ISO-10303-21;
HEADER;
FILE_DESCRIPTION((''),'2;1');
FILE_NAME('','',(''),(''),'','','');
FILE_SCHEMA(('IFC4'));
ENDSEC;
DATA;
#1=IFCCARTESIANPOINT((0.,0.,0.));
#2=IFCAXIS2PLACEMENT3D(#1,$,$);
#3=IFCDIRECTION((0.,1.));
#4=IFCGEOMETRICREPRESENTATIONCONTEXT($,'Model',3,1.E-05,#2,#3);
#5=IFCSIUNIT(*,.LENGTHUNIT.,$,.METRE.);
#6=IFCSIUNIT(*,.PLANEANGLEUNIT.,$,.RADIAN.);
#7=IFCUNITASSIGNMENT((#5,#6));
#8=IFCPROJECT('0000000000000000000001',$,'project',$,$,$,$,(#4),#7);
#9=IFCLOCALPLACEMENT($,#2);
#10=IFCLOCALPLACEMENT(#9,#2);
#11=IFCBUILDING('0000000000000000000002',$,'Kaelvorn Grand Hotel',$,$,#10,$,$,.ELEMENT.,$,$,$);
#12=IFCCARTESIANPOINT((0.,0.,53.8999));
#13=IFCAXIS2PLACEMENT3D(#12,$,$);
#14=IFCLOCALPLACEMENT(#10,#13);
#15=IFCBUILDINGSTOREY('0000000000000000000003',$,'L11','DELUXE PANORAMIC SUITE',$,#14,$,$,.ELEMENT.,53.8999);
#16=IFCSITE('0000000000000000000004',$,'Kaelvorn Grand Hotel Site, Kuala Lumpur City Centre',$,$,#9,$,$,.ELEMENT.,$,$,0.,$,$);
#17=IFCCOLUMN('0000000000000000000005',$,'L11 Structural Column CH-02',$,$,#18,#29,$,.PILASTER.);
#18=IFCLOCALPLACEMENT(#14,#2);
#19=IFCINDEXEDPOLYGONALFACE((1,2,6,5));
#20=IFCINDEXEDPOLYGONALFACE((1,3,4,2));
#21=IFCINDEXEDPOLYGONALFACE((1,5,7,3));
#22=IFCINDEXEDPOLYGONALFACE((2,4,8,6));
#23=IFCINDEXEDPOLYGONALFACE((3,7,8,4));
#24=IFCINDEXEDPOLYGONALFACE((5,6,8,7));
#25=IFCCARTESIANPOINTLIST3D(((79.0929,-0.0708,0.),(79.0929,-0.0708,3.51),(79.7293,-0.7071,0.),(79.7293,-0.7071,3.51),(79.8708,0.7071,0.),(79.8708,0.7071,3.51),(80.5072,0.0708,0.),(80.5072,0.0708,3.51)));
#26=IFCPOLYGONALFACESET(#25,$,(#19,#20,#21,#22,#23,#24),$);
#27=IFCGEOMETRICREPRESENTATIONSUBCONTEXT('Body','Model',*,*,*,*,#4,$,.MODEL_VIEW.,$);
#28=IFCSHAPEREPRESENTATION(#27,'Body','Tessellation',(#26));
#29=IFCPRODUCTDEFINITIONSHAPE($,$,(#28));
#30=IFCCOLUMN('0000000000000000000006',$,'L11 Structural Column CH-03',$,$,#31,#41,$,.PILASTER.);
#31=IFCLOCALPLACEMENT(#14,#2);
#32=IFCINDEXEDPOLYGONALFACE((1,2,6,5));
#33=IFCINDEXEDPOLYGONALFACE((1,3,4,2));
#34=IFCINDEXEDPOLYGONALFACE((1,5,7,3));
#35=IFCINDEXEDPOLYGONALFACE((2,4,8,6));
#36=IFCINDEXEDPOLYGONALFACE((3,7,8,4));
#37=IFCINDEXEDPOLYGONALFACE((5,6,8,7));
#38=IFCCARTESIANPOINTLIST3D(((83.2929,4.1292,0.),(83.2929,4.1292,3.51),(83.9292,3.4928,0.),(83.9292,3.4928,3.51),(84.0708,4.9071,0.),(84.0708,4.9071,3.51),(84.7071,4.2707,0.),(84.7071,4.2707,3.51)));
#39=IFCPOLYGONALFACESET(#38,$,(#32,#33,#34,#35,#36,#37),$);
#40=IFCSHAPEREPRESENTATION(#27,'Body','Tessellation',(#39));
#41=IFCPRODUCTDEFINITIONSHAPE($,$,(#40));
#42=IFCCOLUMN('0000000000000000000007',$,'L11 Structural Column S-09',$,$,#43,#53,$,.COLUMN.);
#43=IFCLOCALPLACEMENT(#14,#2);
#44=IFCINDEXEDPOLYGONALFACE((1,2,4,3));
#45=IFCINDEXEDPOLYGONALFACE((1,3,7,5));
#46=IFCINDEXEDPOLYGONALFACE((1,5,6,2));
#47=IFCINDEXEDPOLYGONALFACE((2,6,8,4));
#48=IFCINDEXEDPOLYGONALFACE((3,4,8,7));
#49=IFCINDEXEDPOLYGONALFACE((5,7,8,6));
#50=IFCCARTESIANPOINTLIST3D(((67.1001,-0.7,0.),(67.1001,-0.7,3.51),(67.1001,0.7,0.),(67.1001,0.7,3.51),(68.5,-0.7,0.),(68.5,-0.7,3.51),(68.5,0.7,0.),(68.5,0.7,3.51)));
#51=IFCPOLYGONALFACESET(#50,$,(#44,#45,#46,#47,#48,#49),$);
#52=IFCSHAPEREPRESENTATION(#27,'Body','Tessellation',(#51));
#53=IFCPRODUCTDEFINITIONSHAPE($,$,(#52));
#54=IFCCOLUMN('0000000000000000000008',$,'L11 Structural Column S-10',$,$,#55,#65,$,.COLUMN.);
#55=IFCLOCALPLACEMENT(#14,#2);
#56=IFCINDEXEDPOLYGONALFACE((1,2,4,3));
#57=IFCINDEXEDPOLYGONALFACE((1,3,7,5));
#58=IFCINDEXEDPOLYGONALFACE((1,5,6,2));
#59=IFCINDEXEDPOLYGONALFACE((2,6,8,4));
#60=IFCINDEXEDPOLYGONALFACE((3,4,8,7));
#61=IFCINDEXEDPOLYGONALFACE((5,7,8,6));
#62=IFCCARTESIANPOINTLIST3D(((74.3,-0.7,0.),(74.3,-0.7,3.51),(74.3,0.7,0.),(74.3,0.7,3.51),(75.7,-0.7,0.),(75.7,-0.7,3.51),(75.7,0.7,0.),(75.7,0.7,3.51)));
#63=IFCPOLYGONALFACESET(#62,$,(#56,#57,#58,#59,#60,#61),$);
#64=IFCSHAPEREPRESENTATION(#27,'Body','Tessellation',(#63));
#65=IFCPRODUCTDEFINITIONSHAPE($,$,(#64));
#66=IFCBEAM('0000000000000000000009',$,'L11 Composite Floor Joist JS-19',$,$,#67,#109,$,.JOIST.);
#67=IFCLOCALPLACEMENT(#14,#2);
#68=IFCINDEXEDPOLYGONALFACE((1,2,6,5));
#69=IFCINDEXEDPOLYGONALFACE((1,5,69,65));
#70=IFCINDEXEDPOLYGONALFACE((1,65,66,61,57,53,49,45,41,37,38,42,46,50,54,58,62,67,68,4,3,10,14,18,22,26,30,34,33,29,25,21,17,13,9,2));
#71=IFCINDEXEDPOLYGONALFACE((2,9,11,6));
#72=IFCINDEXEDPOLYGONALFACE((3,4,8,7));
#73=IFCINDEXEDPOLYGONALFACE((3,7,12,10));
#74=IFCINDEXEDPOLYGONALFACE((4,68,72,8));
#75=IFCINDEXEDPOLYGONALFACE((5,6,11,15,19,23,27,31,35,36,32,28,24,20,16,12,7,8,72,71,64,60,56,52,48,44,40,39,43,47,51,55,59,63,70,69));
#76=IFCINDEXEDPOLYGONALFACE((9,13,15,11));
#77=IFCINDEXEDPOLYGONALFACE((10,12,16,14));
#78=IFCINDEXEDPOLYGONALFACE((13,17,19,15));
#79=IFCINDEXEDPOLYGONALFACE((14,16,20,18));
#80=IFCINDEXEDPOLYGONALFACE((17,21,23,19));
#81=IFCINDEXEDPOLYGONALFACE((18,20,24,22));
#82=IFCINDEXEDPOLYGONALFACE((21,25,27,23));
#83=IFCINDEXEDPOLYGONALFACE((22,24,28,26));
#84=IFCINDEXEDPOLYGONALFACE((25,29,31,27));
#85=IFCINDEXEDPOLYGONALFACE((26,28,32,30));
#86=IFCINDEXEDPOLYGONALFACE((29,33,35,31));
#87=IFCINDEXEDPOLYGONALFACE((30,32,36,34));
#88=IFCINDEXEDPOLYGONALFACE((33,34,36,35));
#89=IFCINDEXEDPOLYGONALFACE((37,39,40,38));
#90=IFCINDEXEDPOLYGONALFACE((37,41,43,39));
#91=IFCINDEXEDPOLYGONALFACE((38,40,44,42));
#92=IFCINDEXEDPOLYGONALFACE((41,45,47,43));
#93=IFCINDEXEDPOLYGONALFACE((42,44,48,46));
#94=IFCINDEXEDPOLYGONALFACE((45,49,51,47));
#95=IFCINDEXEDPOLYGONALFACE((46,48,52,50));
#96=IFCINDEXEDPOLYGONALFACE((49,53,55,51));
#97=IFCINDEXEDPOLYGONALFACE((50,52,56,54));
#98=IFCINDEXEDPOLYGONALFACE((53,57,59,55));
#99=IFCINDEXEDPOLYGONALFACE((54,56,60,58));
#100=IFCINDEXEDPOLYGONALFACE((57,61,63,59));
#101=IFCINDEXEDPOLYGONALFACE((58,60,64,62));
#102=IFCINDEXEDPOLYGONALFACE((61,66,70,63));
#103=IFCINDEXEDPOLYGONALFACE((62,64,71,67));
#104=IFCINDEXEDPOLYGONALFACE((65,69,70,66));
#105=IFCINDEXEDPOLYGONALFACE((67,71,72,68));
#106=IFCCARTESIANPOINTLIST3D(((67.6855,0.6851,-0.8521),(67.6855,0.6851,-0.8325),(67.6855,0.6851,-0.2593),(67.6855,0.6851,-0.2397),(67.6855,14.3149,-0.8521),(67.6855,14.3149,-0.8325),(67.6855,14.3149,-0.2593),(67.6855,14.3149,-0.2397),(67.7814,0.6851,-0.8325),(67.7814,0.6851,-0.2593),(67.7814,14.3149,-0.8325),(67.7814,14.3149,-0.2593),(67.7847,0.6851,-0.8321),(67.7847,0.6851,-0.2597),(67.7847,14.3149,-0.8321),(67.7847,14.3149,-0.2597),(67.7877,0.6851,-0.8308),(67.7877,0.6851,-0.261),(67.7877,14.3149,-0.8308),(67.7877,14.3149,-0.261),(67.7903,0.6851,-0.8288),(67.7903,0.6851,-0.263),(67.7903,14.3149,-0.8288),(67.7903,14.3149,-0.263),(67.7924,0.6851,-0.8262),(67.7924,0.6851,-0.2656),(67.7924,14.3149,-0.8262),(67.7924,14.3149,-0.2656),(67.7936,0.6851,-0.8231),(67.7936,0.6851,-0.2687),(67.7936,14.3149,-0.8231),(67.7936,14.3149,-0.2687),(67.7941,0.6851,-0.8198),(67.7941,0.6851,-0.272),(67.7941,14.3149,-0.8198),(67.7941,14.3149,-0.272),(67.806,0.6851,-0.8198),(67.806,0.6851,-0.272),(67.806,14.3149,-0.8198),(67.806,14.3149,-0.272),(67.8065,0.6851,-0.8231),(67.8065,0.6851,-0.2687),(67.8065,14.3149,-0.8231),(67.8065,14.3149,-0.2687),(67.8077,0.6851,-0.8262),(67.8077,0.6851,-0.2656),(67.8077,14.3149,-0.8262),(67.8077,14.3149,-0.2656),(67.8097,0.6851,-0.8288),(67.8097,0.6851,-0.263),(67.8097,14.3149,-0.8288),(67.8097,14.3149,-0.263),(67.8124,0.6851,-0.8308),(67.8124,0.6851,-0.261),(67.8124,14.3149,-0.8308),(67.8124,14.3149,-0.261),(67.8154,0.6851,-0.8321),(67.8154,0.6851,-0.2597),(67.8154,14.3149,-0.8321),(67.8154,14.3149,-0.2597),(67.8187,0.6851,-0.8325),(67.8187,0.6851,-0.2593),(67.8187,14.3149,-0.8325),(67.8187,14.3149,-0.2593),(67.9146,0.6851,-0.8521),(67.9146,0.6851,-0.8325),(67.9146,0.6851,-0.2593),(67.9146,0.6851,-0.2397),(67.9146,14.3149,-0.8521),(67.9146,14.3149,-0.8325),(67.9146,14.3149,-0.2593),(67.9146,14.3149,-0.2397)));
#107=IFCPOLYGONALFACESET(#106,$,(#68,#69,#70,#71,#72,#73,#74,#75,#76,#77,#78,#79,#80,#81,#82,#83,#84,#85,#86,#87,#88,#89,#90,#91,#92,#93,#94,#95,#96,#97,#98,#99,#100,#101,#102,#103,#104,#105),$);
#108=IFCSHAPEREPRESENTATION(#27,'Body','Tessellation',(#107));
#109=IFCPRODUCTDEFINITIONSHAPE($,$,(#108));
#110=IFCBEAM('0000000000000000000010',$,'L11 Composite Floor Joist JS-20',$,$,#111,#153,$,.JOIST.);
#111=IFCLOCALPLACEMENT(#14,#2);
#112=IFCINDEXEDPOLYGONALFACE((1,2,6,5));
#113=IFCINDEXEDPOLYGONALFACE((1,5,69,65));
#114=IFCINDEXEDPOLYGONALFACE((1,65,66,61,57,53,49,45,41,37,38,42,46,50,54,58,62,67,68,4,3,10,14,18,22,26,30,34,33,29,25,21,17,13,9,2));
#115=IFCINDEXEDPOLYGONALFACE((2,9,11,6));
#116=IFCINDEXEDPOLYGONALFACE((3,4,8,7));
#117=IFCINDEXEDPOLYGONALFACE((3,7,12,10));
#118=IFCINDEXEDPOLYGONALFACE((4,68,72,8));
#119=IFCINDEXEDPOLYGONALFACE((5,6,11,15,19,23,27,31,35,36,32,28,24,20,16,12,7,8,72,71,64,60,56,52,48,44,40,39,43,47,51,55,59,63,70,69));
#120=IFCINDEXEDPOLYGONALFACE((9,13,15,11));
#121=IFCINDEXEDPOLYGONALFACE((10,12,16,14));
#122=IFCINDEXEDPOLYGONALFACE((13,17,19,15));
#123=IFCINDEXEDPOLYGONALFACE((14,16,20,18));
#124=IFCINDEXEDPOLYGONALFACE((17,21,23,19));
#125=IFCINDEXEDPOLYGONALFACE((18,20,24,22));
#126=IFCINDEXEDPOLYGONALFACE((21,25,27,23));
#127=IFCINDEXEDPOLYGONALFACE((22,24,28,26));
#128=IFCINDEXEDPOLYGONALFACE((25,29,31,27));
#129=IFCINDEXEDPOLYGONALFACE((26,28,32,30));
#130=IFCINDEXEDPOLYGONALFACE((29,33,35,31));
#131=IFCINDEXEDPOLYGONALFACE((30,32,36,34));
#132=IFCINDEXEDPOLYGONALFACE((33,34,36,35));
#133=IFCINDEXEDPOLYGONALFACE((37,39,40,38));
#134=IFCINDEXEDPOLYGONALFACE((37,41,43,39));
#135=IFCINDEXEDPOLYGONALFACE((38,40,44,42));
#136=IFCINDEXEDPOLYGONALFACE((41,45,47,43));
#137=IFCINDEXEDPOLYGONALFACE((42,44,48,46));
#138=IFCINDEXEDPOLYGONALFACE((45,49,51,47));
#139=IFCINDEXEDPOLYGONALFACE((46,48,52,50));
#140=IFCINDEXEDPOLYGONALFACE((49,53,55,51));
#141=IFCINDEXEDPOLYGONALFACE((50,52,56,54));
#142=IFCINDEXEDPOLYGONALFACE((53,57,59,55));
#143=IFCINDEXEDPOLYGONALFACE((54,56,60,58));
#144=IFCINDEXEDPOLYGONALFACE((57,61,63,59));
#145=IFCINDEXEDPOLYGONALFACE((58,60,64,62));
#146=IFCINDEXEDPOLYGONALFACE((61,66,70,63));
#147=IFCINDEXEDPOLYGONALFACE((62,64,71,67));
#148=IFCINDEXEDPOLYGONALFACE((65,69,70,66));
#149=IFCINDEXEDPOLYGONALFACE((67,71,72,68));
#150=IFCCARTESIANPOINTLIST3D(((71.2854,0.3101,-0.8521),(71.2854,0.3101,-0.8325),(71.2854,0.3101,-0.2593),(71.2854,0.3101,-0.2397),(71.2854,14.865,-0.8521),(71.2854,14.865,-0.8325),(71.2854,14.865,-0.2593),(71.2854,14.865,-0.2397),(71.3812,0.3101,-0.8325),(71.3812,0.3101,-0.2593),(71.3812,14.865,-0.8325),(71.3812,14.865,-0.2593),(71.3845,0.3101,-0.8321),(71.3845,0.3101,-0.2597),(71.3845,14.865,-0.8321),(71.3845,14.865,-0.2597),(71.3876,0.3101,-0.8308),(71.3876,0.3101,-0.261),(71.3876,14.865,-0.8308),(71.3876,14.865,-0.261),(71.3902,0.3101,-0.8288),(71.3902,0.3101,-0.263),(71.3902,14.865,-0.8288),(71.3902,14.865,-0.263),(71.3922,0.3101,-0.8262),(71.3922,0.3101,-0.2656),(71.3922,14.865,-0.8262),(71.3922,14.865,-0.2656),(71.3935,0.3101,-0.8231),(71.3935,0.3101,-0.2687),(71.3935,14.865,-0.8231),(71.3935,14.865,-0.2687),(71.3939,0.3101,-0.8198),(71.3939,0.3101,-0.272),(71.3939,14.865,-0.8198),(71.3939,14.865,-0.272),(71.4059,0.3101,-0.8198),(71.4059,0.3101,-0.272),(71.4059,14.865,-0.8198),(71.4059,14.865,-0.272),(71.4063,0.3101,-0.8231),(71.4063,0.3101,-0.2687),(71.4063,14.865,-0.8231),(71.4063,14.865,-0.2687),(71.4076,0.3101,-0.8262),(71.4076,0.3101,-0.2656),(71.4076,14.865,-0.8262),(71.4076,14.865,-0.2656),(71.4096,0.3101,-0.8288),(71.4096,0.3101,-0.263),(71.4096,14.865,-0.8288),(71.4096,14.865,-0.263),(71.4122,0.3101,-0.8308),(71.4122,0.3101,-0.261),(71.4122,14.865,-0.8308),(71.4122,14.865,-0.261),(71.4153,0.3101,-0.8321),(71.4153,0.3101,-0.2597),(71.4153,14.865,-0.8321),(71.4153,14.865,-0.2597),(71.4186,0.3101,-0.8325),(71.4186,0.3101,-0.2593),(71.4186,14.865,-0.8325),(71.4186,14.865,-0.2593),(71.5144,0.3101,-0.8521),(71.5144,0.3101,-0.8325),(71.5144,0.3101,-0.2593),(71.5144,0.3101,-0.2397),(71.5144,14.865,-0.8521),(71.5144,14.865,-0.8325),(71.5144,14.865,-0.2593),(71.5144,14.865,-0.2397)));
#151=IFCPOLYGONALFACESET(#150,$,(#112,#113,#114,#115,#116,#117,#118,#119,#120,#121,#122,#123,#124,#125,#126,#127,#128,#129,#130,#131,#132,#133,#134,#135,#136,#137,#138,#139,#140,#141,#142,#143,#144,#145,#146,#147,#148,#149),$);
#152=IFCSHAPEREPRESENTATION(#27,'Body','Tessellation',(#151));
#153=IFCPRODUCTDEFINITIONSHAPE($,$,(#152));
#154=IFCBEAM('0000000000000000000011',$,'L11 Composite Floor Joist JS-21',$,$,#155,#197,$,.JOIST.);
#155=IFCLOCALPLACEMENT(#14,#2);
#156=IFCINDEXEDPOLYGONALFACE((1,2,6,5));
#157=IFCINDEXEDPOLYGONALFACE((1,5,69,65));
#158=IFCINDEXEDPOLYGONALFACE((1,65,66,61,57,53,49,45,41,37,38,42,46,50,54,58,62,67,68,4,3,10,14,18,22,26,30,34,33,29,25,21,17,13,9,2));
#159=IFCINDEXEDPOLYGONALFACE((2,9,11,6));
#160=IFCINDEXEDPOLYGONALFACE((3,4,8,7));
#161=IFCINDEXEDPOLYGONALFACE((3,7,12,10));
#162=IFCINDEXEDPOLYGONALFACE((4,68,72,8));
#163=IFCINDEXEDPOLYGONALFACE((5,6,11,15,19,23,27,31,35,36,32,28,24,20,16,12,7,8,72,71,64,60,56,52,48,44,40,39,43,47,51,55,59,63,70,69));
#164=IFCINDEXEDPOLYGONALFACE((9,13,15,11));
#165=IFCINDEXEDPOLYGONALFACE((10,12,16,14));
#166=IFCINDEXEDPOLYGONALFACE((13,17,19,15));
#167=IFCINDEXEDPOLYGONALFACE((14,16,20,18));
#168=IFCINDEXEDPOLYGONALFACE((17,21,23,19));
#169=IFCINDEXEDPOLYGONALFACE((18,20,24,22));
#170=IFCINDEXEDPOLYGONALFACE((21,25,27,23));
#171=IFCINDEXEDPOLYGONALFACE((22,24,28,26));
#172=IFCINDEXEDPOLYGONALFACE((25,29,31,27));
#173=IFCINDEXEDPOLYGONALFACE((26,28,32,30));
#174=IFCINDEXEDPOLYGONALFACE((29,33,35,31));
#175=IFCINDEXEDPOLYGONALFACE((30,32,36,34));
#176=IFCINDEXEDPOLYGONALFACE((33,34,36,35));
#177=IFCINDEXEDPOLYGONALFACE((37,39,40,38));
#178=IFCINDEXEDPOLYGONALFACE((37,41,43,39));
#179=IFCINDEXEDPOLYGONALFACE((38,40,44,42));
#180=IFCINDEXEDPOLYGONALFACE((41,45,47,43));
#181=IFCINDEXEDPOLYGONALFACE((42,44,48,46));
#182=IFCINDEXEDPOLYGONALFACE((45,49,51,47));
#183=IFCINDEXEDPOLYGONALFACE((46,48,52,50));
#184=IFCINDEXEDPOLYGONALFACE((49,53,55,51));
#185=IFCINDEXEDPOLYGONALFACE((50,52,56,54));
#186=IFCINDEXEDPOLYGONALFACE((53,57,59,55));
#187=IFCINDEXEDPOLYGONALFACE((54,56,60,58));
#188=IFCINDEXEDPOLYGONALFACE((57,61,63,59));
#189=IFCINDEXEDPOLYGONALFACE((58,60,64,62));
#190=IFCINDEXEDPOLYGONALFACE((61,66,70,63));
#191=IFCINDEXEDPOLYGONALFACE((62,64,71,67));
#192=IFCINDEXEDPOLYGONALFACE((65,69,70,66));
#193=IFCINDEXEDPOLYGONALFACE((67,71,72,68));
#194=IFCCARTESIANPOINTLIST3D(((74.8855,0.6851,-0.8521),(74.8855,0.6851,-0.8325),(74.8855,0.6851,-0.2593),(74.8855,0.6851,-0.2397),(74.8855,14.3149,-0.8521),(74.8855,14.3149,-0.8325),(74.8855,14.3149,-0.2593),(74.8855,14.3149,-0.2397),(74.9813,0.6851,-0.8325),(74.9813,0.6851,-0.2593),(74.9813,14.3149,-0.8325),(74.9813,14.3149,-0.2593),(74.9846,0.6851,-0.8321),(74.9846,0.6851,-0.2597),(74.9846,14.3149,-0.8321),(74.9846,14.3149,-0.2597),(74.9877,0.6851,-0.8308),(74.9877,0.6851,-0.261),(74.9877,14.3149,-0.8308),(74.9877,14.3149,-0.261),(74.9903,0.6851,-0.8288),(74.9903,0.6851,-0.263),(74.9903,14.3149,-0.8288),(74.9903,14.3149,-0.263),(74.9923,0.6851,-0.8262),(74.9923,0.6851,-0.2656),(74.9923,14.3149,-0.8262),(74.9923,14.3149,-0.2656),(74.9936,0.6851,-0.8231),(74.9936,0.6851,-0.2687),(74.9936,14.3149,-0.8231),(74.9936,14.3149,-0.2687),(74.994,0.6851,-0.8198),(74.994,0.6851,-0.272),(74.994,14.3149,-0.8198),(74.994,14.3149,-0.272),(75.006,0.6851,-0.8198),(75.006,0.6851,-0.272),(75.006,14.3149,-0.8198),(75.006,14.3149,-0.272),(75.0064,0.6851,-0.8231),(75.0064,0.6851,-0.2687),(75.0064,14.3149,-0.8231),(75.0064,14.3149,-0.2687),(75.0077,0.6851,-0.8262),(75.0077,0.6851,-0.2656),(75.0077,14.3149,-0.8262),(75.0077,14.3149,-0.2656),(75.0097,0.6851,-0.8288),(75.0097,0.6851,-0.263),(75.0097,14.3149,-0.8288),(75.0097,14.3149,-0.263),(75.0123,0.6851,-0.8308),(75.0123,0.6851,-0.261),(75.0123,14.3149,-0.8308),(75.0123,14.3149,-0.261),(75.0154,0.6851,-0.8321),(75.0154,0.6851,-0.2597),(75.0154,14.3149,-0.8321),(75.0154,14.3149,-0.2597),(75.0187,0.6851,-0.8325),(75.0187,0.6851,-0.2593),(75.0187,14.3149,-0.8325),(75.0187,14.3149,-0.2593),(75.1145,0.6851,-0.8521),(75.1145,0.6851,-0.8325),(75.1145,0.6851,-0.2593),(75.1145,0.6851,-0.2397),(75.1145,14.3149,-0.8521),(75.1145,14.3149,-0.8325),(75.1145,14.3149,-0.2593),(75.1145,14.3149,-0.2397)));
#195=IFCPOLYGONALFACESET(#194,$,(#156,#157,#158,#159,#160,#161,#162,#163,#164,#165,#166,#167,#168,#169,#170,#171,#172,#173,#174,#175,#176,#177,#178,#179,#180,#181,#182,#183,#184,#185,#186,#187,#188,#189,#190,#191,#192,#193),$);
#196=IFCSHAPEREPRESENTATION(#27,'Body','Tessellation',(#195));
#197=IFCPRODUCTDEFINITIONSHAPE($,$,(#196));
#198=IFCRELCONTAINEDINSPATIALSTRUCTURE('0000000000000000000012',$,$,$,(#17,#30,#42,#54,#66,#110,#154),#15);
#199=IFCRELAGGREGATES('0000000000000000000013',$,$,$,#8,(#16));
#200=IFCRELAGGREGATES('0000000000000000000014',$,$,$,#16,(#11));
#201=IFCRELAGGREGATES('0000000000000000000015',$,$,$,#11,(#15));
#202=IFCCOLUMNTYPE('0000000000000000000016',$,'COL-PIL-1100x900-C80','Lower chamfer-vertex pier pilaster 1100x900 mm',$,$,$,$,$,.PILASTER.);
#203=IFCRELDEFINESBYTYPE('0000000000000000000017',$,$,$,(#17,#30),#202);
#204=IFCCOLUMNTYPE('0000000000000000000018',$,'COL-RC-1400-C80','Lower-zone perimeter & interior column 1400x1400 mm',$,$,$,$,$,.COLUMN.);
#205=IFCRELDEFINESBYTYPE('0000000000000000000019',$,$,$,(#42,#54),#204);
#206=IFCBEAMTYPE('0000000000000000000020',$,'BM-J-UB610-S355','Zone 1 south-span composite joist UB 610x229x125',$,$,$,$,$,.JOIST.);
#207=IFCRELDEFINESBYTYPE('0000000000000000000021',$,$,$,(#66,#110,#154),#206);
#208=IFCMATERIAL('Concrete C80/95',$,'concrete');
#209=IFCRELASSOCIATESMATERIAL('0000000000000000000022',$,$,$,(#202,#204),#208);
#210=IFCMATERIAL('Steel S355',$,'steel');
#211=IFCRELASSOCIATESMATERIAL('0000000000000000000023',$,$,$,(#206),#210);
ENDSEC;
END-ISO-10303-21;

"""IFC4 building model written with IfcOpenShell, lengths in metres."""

from ifc_helpers import new_model, si_unit, direction, frame, origin, origin_2d, place, context, subcontext, project, spatial, rectangle, i_section, extrude, material, material_profile, profile_set, type_object, element, save


model = new_model("IFC4")

# Units and contexts
model_context = context("Model", 3, precision=1e-05, world=origin(), true_north=direction((0.0, 1.0)))
body_context = subcontext(model_context, "Body", "Model", "MODEL_VIEW")
ifc_project = project(units=[si_unit("LENGTHUNIT", "METRE"), si_unit("PLANEANGLEUNIT", "RADIAN")], contexts=[model_context])

# Site, building, storey
site_placement = place(None, origin())
site = spatial("IfcSite", under=ifc_project, at=site_placement, Name="Kaelvorn Grand Hotel Site, Kuala Lumpur City Centre", CompositionType="ELEMENT", RefElevation=0.0)
building_placement = place(site_placement, origin())
building = spatial("IfcBuilding", under=site, at=building_placement, Name="Kaelvorn Grand Hotel", CompositionType="ELEMENT")
storey_placement = place(building_placement, frame((0.0, 0.0, 53.8999)))
storey = spatial("IfcBuildingStorey", under=building, at=storey_placement, Name="L11", Description="DELUXE PANORAMIC SUITE", CompositionType="ELEMENT", Elevation=53.8999)

# Columns
ifc_material_1 = material(Name="Concrete C80/95", Category="concrete")
ifc_material_profile_1 = material_profile(ifc_material_1, rectangle(XDim=1.1001, YDim=0.8999, at=origin_2d()), Name="RC PILASTER 1100x900")
ifc_profile_set_1 = profile_set([ifc_material_profile_1], Name="Concrete C80/95")
column_type_1 = type_object("IfcColumnType", Name="COL-PIL-1100x900-C80", Description="Lower chamfer-vertex pier pilaster 1100x900 mm", PredefinedType="PILASTER", material=ifc_profile_set_1)
for number, where, z_axis, x_axis, name in (
    (1, (79.8, 0.0, 0.0), (0.0, 0.0, 1.0), (0.707107, 0.707107, 0.0), "L11 Structural Column CH-02"),
    (2, (84.0, 4.2, 0.0), (0.0, 0.0, 1.0), (0.707107, 0.707107, 0.0), "L11 Structural Column CH-03"),
):
    element("IfcColumn", number, at=place(storey_placement, frame(where, z_axis=z_axis, x_axis=x_axis)), inside=storey, type_object=column_type_1, Name=name, PredefinedType="PILASTER", context=body_context, shape_type="SweptSolid", body=[
        extrude(rectangle(XDim=1.1001, YDim=0.8999, at=origin_2d()), origin(), (0.0, 0.0, 1.0), 3.51),
    ])
ifc_material_profile_2 = material_profile(ifc_material_1, rectangle(XDim=1.3999, YDim=1.3999, at=origin_2d()), Name="RC COL 1400x1400")
ifc_profile_set_2 = profile_set([ifc_material_profile_2], Name="Concrete C80/95")
column_type_2 = type_object("IfcColumnType", Name="COL-RC-1400-C80", Description="Lower-zone perimeter & interior column 1400x1400 mm", PredefinedType="COLUMN", material=ifc_profile_set_2)
for number, where, z_axis, x_axis, name in (
    (3, (67.8, 0.0, 0.0), (0.0, 0.0, 1.0), (1.0, 0.0, 0.0), "L11 Structural Column S-09"),
    (4, (75.0, 0.0, 0.0), (0.0, 0.0, 1.0), (1.0, 0.0, 0.0), "L11 Structural Column S-10"),
):
    element("IfcColumn", number, at=place(storey_placement, frame(where, z_axis=z_axis, x_axis=x_axis)), inside=storey, type_object=column_type_2, Name=name, PredefinedType="COLUMN", context=body_context, shape_type="SweptSolid", body=[
        extrude(rectangle(XDim=1.3999, YDim=1.3999, at=origin_2d()), origin(), (0.0, 0.0, 1.0), 3.51),
    ])

# Beams
ifc_material_2 = material(Name="Steel S355", Category="steel")
ifc_material_profile_3 = material_profile(ifc_material_2, i_section(OverallWidth=0.229, OverallDepth=0.6123, WebThickness=0.012, FlangeThickness=0.0195, FilletRadius=0.0127, at=origin_2d()), Name="UB 610x229x125")
ifc_profile_set_3 = profile_set([ifc_material_profile_3], Name="Steel S355")
beam_type_1 = type_object("IfcBeamType", Name="BM-J-UB610-S355", Description="Zone 1 south-span composite joist UB 610x229x125", PredefinedType="JOIST", material=ifc_profile_set_3)
beam_1_placement = place(storey_placement, frame((67.8, 0.6851, -0.5459), z_axis=(0.0, 1.0, 0.0), x_axis=(-1.0, 0.0, 0.0)))
element("IfcBeam", 5, at=beam_1_placement, inside=storey, type_object=beam_type_1, Name="L11 Composite Floor Joist JS-19", PredefinedType="JOIST", context=body_context, shape_type="SweptSolid", body=[
    extrude(i_section(OverallWidth=0.229, OverallDepth=0.6123, WebThickness=0.012, FlangeThickness=0.0195, FilletRadius=0.0127, at=origin_2d()), origin(), (0.0, 0.0, 1.0), 13.6299),
])
beam_2_placement = place(storey_placement, frame((71.3999, 0.3101, -0.5459), z_axis=(0.0, 1.0, 0.0), x_axis=(-1.0, 0.0, 0.0)))
element("IfcBeam", 6, at=beam_2_placement, inside=storey, type_object=beam_type_1, Name="L11 Composite Floor Joist JS-20", PredefinedType="JOIST", context=body_context, shape_type="SweptSolid", body=[
    extrude(i_section(OverallWidth=0.229, OverallDepth=0.6123, WebThickness=0.012, FlangeThickness=0.0195, FilletRadius=0.0127, at=origin_2d()), origin(), (0.0, 0.0, 1.0), 14.5549),
])
beam_3_placement = place(storey_placement, frame((75.0, 0.6851, -0.5459), z_axis=(0.0, 1.0, 0.0), x_axis=(-1.0, 0.0, 0.0)))
element("IfcBeam", 7, at=beam_3_placement, inside=storey, type_object=beam_type_1, Name="L11 Composite Floor Joist JS-21", PredefinedType="JOIST", context=body_context, shape_type="SweptSolid", body=[
    extrude(i_section(OverallWidth=0.229, OverallDepth=0.6123, WebThickness=0.012, FlangeThickness=0.0195, FilletRadius=0.0127, at=origin_2d()), origin(), (0.0, 0.0, 1.0), 13.6299),
])

save(model, "model.ifc")
